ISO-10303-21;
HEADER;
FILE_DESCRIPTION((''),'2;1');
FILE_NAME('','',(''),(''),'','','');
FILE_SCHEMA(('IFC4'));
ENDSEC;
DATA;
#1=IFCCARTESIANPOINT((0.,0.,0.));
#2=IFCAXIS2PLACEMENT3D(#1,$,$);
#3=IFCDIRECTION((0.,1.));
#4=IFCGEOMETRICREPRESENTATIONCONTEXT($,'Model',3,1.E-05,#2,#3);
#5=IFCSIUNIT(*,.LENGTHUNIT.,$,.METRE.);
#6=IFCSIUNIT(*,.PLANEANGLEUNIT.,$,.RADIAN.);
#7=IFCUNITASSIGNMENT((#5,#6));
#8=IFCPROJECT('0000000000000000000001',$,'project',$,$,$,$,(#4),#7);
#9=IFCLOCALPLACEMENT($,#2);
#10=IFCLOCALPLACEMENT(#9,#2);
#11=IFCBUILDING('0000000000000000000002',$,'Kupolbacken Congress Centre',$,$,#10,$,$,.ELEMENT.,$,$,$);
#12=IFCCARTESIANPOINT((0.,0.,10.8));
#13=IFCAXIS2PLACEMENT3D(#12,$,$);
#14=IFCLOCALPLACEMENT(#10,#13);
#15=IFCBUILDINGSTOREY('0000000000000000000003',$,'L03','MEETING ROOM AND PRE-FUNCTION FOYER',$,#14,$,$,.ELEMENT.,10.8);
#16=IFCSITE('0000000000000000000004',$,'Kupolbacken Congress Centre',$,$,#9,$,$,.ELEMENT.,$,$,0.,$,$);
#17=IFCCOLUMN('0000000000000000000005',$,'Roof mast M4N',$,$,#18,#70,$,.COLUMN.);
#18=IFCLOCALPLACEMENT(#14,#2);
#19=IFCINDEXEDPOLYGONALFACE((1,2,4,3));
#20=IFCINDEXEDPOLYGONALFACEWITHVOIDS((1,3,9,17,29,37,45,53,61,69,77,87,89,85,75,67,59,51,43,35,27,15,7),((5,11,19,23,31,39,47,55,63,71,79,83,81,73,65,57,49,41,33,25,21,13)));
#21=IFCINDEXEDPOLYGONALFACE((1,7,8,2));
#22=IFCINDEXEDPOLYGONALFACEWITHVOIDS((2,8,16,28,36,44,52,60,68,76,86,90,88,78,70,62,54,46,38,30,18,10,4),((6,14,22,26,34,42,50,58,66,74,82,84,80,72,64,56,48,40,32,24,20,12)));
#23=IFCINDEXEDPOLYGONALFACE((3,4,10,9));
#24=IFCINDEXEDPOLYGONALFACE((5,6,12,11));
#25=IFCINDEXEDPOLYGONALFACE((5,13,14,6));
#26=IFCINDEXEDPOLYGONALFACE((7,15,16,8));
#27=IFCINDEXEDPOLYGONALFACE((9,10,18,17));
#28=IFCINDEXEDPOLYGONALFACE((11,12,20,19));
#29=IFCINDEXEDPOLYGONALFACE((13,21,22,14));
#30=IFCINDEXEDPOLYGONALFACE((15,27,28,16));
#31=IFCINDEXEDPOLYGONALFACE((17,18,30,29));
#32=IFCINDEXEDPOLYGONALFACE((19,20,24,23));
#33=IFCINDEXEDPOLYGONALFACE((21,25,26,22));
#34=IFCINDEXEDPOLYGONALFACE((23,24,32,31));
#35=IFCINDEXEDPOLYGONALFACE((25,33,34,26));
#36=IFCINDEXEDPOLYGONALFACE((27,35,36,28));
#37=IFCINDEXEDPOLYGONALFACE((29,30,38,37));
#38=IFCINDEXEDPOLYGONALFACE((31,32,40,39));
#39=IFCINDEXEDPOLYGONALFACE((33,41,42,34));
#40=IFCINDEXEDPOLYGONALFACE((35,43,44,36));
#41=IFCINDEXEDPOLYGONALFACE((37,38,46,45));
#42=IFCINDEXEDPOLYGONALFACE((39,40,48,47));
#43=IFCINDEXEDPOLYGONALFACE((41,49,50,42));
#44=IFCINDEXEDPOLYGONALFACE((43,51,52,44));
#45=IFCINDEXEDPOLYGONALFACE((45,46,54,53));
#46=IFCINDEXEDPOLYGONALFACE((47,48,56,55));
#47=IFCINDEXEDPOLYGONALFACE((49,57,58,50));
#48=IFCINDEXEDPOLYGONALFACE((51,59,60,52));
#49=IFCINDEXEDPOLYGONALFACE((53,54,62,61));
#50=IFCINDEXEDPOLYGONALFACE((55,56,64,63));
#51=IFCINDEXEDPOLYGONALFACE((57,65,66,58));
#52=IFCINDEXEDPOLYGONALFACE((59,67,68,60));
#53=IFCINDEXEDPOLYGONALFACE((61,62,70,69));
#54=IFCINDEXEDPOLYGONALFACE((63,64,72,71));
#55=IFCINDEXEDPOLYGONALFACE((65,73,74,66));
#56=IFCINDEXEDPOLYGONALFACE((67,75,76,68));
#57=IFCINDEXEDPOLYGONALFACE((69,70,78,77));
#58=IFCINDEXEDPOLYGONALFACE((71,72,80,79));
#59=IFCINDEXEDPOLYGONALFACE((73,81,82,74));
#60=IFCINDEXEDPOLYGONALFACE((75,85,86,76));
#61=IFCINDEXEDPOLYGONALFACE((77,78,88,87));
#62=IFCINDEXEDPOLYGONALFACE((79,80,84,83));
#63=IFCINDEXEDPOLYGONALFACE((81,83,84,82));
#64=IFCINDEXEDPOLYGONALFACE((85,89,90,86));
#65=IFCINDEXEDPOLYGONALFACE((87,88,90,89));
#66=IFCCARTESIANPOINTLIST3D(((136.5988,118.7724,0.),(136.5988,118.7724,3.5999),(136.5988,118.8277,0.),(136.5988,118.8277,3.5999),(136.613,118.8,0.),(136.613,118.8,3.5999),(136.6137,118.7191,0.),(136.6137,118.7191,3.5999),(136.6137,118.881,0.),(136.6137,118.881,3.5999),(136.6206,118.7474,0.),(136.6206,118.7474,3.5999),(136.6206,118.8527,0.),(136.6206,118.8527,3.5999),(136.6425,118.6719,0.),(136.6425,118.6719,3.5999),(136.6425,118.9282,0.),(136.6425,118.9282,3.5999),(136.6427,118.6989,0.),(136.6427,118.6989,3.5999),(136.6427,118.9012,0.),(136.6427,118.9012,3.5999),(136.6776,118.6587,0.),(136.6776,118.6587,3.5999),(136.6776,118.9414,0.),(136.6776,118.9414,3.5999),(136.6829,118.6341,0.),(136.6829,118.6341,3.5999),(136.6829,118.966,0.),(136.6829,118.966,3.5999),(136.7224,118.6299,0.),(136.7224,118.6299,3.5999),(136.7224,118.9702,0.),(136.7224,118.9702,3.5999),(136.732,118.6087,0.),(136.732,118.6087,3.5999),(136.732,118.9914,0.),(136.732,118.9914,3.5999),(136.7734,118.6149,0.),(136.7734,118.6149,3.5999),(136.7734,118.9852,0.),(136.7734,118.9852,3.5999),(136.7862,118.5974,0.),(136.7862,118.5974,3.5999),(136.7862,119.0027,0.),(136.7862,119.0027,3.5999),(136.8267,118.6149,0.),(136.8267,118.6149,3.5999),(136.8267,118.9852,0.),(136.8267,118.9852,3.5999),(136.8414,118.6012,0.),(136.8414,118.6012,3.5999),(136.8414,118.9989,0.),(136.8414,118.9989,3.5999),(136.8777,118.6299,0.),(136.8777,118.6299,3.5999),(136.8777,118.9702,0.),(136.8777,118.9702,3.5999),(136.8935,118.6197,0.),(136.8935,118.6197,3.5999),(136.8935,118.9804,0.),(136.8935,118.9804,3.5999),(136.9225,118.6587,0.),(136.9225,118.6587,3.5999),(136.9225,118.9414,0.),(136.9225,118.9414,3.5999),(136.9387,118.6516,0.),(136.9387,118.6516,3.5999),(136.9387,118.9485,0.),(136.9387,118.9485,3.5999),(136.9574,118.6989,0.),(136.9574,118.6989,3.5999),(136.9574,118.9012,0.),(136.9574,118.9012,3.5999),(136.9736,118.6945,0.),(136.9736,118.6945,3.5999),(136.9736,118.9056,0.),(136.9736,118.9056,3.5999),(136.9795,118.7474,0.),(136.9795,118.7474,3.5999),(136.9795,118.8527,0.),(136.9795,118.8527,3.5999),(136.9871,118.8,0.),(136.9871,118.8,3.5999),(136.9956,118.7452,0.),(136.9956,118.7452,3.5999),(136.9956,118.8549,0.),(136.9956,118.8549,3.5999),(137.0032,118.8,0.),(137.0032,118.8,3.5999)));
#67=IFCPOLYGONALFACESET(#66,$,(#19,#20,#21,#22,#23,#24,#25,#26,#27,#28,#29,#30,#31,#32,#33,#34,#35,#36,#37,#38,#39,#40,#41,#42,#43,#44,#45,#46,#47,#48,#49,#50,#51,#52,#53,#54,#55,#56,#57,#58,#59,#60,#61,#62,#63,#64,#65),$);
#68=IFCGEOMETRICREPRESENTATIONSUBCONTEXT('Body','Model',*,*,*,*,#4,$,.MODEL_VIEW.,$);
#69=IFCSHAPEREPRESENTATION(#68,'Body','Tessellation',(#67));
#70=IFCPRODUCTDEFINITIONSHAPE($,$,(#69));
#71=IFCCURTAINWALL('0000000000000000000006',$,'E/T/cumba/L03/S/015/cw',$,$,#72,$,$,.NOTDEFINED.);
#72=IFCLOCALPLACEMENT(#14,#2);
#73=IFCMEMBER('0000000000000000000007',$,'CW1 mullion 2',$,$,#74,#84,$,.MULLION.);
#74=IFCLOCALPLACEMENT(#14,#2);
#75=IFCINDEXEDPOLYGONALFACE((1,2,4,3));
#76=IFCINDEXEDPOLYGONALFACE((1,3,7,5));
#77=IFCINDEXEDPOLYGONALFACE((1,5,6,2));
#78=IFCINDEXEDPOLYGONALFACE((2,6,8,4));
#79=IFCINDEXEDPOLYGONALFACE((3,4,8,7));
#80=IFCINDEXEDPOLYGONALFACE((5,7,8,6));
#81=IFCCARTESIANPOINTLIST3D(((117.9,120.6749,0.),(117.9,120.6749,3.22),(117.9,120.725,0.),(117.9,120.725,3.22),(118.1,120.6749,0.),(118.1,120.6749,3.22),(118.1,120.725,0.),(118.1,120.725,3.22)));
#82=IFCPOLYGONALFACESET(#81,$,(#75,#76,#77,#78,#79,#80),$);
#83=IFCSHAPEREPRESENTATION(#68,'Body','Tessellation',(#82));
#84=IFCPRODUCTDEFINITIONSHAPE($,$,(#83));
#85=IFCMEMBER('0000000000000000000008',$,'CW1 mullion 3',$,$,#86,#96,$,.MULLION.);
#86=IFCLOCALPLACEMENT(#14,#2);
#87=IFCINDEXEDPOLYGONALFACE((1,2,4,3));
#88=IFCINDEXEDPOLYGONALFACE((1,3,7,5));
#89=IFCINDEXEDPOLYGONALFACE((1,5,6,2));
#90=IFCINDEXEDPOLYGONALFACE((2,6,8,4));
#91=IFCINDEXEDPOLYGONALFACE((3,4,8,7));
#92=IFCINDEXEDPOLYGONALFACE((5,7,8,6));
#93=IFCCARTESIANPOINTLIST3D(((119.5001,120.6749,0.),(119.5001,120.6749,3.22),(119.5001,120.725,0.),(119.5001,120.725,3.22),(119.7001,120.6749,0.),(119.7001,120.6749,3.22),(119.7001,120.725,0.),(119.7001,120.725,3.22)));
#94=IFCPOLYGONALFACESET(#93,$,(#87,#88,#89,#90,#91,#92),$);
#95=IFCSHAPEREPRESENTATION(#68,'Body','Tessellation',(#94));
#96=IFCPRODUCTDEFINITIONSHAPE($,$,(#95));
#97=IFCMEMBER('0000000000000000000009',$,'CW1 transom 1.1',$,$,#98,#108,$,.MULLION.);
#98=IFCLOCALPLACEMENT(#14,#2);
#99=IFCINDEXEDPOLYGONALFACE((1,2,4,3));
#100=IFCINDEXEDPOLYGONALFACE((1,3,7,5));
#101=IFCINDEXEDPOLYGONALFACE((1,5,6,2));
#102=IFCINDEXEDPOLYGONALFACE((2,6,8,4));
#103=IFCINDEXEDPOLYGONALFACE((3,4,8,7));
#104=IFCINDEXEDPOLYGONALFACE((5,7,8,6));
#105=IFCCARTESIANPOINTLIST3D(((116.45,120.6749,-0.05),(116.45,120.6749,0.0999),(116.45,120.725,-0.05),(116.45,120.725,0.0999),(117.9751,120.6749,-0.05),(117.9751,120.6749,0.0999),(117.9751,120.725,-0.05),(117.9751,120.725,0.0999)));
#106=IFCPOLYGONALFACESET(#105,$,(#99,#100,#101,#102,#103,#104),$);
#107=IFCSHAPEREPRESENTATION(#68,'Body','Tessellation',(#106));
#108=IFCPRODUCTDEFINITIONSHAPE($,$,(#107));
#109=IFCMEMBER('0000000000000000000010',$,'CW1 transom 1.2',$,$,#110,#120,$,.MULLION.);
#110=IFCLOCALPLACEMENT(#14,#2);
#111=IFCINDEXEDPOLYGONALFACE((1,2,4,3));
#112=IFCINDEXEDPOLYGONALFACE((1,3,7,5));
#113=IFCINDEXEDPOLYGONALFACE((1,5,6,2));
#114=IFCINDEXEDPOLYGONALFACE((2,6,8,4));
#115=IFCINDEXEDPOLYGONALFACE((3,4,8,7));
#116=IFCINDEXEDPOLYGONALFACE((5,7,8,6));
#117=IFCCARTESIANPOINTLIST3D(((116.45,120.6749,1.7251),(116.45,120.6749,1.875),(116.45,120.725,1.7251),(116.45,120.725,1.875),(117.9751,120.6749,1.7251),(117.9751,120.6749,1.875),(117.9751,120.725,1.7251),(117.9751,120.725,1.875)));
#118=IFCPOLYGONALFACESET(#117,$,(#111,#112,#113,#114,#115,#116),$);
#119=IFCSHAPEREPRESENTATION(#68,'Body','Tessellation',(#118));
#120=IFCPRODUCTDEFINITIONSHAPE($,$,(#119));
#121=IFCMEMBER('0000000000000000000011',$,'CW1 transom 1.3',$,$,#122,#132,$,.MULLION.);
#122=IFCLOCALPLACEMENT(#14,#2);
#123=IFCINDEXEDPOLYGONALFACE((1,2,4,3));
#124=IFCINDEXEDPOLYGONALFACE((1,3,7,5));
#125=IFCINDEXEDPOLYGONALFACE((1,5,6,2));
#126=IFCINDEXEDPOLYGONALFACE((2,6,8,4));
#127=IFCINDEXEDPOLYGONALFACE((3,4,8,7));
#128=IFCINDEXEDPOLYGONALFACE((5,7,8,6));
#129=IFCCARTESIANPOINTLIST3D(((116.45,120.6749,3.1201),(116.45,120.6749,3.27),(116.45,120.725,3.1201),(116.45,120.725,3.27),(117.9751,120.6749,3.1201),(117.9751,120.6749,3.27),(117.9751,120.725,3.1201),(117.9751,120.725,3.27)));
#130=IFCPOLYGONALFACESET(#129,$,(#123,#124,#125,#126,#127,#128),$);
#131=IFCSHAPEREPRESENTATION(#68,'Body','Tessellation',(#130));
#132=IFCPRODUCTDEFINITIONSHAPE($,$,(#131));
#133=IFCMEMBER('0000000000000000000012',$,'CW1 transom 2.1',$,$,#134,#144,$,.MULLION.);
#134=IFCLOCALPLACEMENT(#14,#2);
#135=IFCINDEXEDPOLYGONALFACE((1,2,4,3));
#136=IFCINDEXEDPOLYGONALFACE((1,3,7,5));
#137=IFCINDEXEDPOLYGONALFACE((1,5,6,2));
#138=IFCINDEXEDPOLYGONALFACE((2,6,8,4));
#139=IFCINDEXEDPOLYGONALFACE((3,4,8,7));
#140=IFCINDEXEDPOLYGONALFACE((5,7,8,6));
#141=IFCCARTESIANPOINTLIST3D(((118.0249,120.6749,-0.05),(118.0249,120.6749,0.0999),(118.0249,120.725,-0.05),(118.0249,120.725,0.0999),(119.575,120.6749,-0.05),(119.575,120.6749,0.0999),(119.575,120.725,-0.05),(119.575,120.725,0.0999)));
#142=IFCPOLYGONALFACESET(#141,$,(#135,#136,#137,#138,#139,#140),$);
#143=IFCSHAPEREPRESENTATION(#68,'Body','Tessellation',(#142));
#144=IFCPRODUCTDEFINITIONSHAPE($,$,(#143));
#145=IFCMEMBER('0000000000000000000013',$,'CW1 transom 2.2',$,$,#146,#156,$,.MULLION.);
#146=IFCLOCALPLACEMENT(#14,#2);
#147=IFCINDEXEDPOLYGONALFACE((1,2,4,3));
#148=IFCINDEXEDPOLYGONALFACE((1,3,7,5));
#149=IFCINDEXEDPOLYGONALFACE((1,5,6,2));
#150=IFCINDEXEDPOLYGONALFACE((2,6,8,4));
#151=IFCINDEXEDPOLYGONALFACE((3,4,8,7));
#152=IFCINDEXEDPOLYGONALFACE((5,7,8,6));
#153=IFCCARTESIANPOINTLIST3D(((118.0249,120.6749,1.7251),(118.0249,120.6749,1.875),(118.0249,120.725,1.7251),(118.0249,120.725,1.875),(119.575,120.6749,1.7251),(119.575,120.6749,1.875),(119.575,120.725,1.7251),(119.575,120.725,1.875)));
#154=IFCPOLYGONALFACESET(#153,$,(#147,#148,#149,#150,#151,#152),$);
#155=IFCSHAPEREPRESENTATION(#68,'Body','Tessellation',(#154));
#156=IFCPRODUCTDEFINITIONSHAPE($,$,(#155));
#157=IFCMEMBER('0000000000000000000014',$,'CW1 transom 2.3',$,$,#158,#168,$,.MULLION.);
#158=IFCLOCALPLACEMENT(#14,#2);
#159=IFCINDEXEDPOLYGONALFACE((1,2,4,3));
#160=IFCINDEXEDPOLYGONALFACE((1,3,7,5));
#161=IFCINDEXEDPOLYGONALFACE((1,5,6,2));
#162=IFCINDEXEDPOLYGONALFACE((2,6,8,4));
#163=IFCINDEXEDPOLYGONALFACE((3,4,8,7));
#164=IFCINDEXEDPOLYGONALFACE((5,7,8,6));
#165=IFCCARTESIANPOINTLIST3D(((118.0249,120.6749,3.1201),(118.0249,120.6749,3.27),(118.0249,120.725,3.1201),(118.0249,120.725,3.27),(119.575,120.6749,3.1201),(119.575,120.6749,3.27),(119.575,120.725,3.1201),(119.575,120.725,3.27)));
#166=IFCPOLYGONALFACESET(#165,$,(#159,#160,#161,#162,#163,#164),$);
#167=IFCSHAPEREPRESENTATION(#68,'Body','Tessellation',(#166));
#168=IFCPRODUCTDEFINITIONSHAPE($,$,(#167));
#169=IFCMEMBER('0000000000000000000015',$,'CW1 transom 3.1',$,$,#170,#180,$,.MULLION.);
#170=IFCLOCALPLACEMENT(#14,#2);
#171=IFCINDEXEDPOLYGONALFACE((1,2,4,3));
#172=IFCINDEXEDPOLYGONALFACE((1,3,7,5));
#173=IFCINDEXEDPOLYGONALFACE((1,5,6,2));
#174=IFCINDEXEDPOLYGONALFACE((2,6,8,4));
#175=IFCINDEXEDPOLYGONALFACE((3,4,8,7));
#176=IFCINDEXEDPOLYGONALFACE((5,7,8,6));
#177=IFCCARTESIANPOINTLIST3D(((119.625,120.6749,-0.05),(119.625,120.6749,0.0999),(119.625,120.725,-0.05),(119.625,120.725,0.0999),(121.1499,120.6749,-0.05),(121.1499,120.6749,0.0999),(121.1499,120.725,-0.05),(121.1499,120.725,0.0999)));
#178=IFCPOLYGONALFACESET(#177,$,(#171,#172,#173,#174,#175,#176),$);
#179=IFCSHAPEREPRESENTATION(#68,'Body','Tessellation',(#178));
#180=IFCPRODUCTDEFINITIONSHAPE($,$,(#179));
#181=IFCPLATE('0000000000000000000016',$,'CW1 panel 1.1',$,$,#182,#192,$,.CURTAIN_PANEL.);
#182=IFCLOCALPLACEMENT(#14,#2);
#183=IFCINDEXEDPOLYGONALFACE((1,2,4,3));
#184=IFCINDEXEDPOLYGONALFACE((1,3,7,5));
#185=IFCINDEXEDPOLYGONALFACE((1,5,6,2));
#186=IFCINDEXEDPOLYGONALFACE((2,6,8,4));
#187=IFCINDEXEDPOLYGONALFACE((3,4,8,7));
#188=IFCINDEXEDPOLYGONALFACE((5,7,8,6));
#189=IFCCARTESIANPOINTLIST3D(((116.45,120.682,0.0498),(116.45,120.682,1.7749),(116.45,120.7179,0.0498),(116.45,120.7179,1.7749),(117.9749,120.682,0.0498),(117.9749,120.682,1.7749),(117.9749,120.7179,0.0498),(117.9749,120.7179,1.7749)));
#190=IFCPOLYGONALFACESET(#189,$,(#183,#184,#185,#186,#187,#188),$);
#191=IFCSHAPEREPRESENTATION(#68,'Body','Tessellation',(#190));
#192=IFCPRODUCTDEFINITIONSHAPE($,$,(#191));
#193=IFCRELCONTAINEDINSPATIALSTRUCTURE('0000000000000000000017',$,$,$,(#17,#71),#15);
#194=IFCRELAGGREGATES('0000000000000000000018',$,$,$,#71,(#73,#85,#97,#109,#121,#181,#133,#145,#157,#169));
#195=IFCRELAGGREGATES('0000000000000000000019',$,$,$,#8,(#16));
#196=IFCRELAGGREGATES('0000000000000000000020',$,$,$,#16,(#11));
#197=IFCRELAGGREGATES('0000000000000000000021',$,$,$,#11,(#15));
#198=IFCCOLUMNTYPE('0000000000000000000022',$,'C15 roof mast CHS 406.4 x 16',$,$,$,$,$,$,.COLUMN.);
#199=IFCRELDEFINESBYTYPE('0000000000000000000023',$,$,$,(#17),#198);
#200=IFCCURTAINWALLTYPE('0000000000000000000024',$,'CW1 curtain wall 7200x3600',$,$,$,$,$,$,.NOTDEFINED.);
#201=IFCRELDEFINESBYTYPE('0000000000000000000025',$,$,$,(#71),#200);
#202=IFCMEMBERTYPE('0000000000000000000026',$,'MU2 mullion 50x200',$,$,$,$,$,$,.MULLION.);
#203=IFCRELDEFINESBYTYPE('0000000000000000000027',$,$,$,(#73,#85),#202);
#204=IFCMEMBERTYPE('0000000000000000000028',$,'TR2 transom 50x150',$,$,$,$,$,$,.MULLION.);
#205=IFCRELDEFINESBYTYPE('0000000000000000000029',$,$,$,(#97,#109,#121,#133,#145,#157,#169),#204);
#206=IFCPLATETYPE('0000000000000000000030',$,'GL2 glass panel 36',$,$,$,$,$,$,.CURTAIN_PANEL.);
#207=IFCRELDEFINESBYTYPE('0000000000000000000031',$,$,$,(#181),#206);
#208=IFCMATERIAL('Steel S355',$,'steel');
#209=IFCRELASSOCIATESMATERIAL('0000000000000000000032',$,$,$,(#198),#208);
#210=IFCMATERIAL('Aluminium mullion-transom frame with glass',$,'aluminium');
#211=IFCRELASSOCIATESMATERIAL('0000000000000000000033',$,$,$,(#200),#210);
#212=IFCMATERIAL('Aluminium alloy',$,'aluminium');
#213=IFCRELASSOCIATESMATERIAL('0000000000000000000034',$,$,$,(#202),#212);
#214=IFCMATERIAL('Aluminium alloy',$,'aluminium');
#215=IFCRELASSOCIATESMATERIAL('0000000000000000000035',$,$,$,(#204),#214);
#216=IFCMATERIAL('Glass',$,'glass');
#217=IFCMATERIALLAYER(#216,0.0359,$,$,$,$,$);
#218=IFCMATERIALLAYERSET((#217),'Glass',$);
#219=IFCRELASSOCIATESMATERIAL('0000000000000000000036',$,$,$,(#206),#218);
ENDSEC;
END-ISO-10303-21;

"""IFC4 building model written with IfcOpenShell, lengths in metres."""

from ifc_helpers import new_model, si_unit, direction, frame, origin, origin_2d, place, context, subcontext, project, spatial, rectangle, hollow_circle, extrude, material, layer, layer_set, material_profile, profile_set, type_object, element, aggregate, save


model = new_model("IFC4")

# Units and contexts
model_context = context("Model", 3, precision=1e-05, world=origin(), true_north=direction((0.0, 1.0)))
body_context = subcontext(model_context, "Body", "Model", "MODEL_VIEW")
ifc_project = project(units=[si_unit("LENGTHUNIT", "METRE"), si_unit("PLANEANGLEUNIT", "RADIAN")], contexts=[model_context])

# Site, building, storey
site_placement = place(None, origin())
site = spatial("IfcSite", under=ifc_project, at=site_placement, Name="Kupolbacken Congress Centre", CompositionType="ELEMENT", RefElevation=0.0)
building_placement = place(site_placement, origin())
building = spatial("IfcBuilding", under=site, at=building_placement, Name="Kupolbacken Congress Centre", CompositionType="ELEMENT")
storey_placement = place(building_placement, frame((0.0, 0.0, 10.8)))
storey = spatial("IfcBuildingStorey", under=building, at=storey_placement, Name="L03", Description="MEETING ROOM AND PRE-FUNCTION FOYER", CompositionType="ELEMENT", Elevation=10.8)

# Column
ifc_material_1 = material(Name="Steel S355", Category="steel")
ifc_material_profile_1 = material_profile(ifc_material_1, hollow_circle(Radius=0.2031, WallThickness=0.0161, at=origin_2d()), Name="CHS 406.4 x 16")
ifc_profile_set_1 = profile_set([ifc_material_profile_1], Name="Steel S355")
column_type_1 = type_object("IfcColumnType", Name="C15 roof mast CHS 406.4 x 16", PredefinedType="COLUMN", material=ifc_profile_set_1)
for number, where, z_axis, x_axis, name in (
    (1, (136.8, 118.8, 0.0), (0.0, 0.0, 1.0), (1.0, 0.0, 0.0), "Roof mast M4N"),
):
    element("IfcColumn", number, at=place(storey_placement, frame(where, z_axis=z_axis, x_axis=x_axis)), inside=storey, type_object=column_type_1, Name=name, PredefinedType="COLUMN", context=body_context, shape_type="SweptSolid", body=[
        extrude(hollow_circle(Radius=0.2031, WallThickness=0.0161, at=origin_2d()), origin(), (0.0, 0.0, 1.0), 3.5999),
    ])

# Curtain wall, members, plate
ifc_material_2 = material(Name="Aluminium mullion-transom frame with glass", Category="aluminium")
curtain_wall_type = type_object("IfcCurtainWallType", Name="CW1 curtain wall 7200x3600", PredefinedType="NOTDEFINED", material=ifc_material_2)
curtain_wall_placement = place(storey_placement, origin())
curtain_wall = element("IfcCurtainWall", 2, at=curtain_wall_placement, inside=storey, type_object=curtain_wall_type, Name="E/T/cumba/L03/S/015/cw", PredefinedType="NOTDEFINED")
ifc_material_3 = material(Name="Aluminium alloy", Category="aluminium")
ifc_material_profile_2 = material_profile(ifc_material_3, rectangle(XDim=0.05, YDim=0.2, at=origin_2d()), Name="50 x 200")
ifc_profile_set_2 = profile_set([ifc_material_profile_2], Name="Aluminium alloy")
member_type_1 = type_object("IfcMemberType", Name="MU2 mullion 50x200", PredefinedType="MULLION", material=ifc_profile_set_2)
member_1_placement = place(storey_placement, frame((118.0, 120.7, 0.0), z_axis=(0.0, 0.0, 1.0), x_axis=(0.0, 1.0, 0.0)))
member_1 = element("IfcMember", 3, at=member_1_placement, type_object=member_type_1, Name="CW1 mullion 2", PredefinedType="MULLION", context=body_context, shape_type="SweptSolid", body=[
    extrude(rectangle(XDim=0.05, YDim=0.2, at=origin_2d()), origin(), (0.0, 0.0, 1.0), 3.22),
])
member_2_placement = place(storey_placement, frame((119.6001, 120.7, 0.0), z_axis=(0.0, 0.0, 1.0), x_axis=(0.0, 1.0, 0.0)))
member_2 = element("IfcMember", 4, at=member_2_placement, type_object=member_type_1, Name="CW1 mullion 3", PredefinedType="MULLION", context=body_context, shape_type="SweptSolid", body=[
    extrude(rectangle(XDim=0.05, YDim=0.2, at=origin_2d()), origin(), (0.0, 0.0, 1.0), 3.22),
])
ifc_material_4 = material(Name="Aluminium alloy", Category="aluminium")
ifc_material_profile_3 = material_profile(ifc_material_4, rectangle(XDim=0.05, YDim=0.1499, at=origin_2d()), Name="50 x 150")
ifc_profile_set_3 = profile_set([ifc_material_profile_3], Name="Aluminium alloy")
member_type_2 = type_object("IfcMemberType", Name="TR2 transom 50x150", PredefinedType="MULLION", material=ifc_profile_set_3)
member_3_placement = place(storey_placement, frame((116.45, 120.7, 0.0249), z_axis=(1.0, 0.0, 0.0), x_axis=(0.0, 1.0, 0.0)))
member_3 = element("IfcMember", 5, at=member_3_placement, type_object=member_type_2, Name="CW1 transom 1.1", PredefinedType="MULLION", context=body_context, shape_type="SweptSolid", body=[
    extrude(rectangle(XDim=0.05, YDim=0.1499, at=origin_2d()), origin(), (0.0, 0.0, 1.0), 1.5251),
])
member_4_placement = place(storey_placement, frame((116.45, 120.7, 1.8), z_axis=(1.0, 0.0, 0.0), x_axis=(0.0, 1.0, 0.0)))
member_4 = element("IfcMember", 6, at=member_4_placement, type_object=member_type_2, Name="CW1 transom 1.2", PredefinedType="MULLION", context=body_context, shape_type="SweptSolid", body=[
    extrude(rectangle(XDim=0.05, YDim=0.1499, at=origin_2d()), origin(), (0.0, 0.0, 1.0), 1.5251),
])
member_5_placement = place(storey_placement, frame((116.45, 120.7, 3.1951), z_axis=(1.0, 0.0, 0.0), x_axis=(0.0, 1.0, 0.0)))
member_5 = element("IfcMember", 7, at=member_5_placement, type_object=member_type_2, Name="CW1 transom 1.3", PredefinedType="MULLION", context=body_context, shape_type="SweptSolid", body=[
    extrude(rectangle(XDim=0.05, YDim=0.1499, at=origin_2d()), origin(), (0.0, 0.0, 1.0), 1.5251),
])
member_6_placement = place(storey_placement, frame((118.0249, 120.7, 0.0249), z_axis=(1.0, 0.0, 0.0), x_axis=(0.0, 1.0, 0.0)))
member_6 = element("IfcMember", 8, at=member_6_placement, type_object=member_type_2, Name="CW1 transom 2.1", PredefinedType="MULLION", context=body_context, shape_type="SweptSolid", body=[
    extrude(rectangle(XDim=0.05, YDim=0.1499, at=origin_2d()), origin(), (0.0, 0.0, 1.0), 1.55),
])
member_7_placement = place(storey_placement, frame((118.0249, 120.7, 1.8), z_axis=(1.0, 0.0, 0.0), x_axis=(0.0, 1.0, 0.0)))
member_7 = element("IfcMember", 9, at=member_7_placement, type_object=member_type_2, Name="CW1 transom 2.2", PredefinedType="MULLION", context=body_context, shape_type="SweptSolid", body=[
    extrude(rectangle(XDim=0.05, YDim=0.1499, at=origin_2d()), origin(), (0.0, 0.0, 1.0), 1.55),
])
member_8_placement = place(storey_placement, frame((118.0249, 120.7, 3.1951), z_axis=(1.0, 0.0, 0.0), x_axis=(0.0, 1.0, 0.0)))
member_8 = element("IfcMember", 10, at=member_8_placement, type_object=member_type_2, Name="CW1 transom 2.3", PredefinedType="MULLION", context=body_context, shape_type="SweptSolid", body=[
    extrude(rectangle(XDim=0.05, YDim=0.1499, at=origin_2d()), origin(), (0.0, 0.0, 1.0), 1.55),
])
member_9_placement = place(storey_placement, frame((119.625, 120.7, 0.0249), z_axis=(1.0, 0.0, 0.0), x_axis=(0.0, 1.0, 0.0)))
member_9 = element("IfcMember", 11, at=member_9_placement, type_object=member_type_2, Name="CW1 transom 3.1", PredefinedType="MULLION", context=body_context, shape_type="SweptSolid", body=[
    extrude(rectangle(XDim=0.05, YDim=0.1499, at=origin_2d()), origin(), (0.0, 0.0, 1.0), 1.5249),
])
ifc_material_5 = material(Name="Glass", Category="glass")
ifc_layer_1 = layer(ifc_material_5, 0.0359)
ifc_layer_set_1 = layer_set([ifc_layer_1], Name="Glass")
plate_type = type_object("IfcPlateType", Name="GL2 glass panel 36", PredefinedType="CURTAIN_PANEL", material=ifc_layer_set_1)
plate_1_placement = place(storey_placement, frame((117.2124, 120.7, 0.0498), z_axis=(0.0, 0.0, 1.0), x_axis=(1.0, 0.0, 0.0)))
plate_1 = element("IfcPlate", 12, at=plate_1_placement, type_object=plate_type, Name="CW1 panel 1.1", PredefinedType="CURTAIN_PANEL", context=body_context, shape_type="SweptSolid", body=[
    extrude(rectangle(XDim=1.5249, YDim=0.0359, at=origin_2d()), origin(), (0.0, 0.0, 1.0), 1.7251),
])
aggregate(curtain_wall, [member_1, member_2, member_3, member_4, member_5, plate_1, member_6, member_7, member_8, member_9])

save(model, "model.ifc")
